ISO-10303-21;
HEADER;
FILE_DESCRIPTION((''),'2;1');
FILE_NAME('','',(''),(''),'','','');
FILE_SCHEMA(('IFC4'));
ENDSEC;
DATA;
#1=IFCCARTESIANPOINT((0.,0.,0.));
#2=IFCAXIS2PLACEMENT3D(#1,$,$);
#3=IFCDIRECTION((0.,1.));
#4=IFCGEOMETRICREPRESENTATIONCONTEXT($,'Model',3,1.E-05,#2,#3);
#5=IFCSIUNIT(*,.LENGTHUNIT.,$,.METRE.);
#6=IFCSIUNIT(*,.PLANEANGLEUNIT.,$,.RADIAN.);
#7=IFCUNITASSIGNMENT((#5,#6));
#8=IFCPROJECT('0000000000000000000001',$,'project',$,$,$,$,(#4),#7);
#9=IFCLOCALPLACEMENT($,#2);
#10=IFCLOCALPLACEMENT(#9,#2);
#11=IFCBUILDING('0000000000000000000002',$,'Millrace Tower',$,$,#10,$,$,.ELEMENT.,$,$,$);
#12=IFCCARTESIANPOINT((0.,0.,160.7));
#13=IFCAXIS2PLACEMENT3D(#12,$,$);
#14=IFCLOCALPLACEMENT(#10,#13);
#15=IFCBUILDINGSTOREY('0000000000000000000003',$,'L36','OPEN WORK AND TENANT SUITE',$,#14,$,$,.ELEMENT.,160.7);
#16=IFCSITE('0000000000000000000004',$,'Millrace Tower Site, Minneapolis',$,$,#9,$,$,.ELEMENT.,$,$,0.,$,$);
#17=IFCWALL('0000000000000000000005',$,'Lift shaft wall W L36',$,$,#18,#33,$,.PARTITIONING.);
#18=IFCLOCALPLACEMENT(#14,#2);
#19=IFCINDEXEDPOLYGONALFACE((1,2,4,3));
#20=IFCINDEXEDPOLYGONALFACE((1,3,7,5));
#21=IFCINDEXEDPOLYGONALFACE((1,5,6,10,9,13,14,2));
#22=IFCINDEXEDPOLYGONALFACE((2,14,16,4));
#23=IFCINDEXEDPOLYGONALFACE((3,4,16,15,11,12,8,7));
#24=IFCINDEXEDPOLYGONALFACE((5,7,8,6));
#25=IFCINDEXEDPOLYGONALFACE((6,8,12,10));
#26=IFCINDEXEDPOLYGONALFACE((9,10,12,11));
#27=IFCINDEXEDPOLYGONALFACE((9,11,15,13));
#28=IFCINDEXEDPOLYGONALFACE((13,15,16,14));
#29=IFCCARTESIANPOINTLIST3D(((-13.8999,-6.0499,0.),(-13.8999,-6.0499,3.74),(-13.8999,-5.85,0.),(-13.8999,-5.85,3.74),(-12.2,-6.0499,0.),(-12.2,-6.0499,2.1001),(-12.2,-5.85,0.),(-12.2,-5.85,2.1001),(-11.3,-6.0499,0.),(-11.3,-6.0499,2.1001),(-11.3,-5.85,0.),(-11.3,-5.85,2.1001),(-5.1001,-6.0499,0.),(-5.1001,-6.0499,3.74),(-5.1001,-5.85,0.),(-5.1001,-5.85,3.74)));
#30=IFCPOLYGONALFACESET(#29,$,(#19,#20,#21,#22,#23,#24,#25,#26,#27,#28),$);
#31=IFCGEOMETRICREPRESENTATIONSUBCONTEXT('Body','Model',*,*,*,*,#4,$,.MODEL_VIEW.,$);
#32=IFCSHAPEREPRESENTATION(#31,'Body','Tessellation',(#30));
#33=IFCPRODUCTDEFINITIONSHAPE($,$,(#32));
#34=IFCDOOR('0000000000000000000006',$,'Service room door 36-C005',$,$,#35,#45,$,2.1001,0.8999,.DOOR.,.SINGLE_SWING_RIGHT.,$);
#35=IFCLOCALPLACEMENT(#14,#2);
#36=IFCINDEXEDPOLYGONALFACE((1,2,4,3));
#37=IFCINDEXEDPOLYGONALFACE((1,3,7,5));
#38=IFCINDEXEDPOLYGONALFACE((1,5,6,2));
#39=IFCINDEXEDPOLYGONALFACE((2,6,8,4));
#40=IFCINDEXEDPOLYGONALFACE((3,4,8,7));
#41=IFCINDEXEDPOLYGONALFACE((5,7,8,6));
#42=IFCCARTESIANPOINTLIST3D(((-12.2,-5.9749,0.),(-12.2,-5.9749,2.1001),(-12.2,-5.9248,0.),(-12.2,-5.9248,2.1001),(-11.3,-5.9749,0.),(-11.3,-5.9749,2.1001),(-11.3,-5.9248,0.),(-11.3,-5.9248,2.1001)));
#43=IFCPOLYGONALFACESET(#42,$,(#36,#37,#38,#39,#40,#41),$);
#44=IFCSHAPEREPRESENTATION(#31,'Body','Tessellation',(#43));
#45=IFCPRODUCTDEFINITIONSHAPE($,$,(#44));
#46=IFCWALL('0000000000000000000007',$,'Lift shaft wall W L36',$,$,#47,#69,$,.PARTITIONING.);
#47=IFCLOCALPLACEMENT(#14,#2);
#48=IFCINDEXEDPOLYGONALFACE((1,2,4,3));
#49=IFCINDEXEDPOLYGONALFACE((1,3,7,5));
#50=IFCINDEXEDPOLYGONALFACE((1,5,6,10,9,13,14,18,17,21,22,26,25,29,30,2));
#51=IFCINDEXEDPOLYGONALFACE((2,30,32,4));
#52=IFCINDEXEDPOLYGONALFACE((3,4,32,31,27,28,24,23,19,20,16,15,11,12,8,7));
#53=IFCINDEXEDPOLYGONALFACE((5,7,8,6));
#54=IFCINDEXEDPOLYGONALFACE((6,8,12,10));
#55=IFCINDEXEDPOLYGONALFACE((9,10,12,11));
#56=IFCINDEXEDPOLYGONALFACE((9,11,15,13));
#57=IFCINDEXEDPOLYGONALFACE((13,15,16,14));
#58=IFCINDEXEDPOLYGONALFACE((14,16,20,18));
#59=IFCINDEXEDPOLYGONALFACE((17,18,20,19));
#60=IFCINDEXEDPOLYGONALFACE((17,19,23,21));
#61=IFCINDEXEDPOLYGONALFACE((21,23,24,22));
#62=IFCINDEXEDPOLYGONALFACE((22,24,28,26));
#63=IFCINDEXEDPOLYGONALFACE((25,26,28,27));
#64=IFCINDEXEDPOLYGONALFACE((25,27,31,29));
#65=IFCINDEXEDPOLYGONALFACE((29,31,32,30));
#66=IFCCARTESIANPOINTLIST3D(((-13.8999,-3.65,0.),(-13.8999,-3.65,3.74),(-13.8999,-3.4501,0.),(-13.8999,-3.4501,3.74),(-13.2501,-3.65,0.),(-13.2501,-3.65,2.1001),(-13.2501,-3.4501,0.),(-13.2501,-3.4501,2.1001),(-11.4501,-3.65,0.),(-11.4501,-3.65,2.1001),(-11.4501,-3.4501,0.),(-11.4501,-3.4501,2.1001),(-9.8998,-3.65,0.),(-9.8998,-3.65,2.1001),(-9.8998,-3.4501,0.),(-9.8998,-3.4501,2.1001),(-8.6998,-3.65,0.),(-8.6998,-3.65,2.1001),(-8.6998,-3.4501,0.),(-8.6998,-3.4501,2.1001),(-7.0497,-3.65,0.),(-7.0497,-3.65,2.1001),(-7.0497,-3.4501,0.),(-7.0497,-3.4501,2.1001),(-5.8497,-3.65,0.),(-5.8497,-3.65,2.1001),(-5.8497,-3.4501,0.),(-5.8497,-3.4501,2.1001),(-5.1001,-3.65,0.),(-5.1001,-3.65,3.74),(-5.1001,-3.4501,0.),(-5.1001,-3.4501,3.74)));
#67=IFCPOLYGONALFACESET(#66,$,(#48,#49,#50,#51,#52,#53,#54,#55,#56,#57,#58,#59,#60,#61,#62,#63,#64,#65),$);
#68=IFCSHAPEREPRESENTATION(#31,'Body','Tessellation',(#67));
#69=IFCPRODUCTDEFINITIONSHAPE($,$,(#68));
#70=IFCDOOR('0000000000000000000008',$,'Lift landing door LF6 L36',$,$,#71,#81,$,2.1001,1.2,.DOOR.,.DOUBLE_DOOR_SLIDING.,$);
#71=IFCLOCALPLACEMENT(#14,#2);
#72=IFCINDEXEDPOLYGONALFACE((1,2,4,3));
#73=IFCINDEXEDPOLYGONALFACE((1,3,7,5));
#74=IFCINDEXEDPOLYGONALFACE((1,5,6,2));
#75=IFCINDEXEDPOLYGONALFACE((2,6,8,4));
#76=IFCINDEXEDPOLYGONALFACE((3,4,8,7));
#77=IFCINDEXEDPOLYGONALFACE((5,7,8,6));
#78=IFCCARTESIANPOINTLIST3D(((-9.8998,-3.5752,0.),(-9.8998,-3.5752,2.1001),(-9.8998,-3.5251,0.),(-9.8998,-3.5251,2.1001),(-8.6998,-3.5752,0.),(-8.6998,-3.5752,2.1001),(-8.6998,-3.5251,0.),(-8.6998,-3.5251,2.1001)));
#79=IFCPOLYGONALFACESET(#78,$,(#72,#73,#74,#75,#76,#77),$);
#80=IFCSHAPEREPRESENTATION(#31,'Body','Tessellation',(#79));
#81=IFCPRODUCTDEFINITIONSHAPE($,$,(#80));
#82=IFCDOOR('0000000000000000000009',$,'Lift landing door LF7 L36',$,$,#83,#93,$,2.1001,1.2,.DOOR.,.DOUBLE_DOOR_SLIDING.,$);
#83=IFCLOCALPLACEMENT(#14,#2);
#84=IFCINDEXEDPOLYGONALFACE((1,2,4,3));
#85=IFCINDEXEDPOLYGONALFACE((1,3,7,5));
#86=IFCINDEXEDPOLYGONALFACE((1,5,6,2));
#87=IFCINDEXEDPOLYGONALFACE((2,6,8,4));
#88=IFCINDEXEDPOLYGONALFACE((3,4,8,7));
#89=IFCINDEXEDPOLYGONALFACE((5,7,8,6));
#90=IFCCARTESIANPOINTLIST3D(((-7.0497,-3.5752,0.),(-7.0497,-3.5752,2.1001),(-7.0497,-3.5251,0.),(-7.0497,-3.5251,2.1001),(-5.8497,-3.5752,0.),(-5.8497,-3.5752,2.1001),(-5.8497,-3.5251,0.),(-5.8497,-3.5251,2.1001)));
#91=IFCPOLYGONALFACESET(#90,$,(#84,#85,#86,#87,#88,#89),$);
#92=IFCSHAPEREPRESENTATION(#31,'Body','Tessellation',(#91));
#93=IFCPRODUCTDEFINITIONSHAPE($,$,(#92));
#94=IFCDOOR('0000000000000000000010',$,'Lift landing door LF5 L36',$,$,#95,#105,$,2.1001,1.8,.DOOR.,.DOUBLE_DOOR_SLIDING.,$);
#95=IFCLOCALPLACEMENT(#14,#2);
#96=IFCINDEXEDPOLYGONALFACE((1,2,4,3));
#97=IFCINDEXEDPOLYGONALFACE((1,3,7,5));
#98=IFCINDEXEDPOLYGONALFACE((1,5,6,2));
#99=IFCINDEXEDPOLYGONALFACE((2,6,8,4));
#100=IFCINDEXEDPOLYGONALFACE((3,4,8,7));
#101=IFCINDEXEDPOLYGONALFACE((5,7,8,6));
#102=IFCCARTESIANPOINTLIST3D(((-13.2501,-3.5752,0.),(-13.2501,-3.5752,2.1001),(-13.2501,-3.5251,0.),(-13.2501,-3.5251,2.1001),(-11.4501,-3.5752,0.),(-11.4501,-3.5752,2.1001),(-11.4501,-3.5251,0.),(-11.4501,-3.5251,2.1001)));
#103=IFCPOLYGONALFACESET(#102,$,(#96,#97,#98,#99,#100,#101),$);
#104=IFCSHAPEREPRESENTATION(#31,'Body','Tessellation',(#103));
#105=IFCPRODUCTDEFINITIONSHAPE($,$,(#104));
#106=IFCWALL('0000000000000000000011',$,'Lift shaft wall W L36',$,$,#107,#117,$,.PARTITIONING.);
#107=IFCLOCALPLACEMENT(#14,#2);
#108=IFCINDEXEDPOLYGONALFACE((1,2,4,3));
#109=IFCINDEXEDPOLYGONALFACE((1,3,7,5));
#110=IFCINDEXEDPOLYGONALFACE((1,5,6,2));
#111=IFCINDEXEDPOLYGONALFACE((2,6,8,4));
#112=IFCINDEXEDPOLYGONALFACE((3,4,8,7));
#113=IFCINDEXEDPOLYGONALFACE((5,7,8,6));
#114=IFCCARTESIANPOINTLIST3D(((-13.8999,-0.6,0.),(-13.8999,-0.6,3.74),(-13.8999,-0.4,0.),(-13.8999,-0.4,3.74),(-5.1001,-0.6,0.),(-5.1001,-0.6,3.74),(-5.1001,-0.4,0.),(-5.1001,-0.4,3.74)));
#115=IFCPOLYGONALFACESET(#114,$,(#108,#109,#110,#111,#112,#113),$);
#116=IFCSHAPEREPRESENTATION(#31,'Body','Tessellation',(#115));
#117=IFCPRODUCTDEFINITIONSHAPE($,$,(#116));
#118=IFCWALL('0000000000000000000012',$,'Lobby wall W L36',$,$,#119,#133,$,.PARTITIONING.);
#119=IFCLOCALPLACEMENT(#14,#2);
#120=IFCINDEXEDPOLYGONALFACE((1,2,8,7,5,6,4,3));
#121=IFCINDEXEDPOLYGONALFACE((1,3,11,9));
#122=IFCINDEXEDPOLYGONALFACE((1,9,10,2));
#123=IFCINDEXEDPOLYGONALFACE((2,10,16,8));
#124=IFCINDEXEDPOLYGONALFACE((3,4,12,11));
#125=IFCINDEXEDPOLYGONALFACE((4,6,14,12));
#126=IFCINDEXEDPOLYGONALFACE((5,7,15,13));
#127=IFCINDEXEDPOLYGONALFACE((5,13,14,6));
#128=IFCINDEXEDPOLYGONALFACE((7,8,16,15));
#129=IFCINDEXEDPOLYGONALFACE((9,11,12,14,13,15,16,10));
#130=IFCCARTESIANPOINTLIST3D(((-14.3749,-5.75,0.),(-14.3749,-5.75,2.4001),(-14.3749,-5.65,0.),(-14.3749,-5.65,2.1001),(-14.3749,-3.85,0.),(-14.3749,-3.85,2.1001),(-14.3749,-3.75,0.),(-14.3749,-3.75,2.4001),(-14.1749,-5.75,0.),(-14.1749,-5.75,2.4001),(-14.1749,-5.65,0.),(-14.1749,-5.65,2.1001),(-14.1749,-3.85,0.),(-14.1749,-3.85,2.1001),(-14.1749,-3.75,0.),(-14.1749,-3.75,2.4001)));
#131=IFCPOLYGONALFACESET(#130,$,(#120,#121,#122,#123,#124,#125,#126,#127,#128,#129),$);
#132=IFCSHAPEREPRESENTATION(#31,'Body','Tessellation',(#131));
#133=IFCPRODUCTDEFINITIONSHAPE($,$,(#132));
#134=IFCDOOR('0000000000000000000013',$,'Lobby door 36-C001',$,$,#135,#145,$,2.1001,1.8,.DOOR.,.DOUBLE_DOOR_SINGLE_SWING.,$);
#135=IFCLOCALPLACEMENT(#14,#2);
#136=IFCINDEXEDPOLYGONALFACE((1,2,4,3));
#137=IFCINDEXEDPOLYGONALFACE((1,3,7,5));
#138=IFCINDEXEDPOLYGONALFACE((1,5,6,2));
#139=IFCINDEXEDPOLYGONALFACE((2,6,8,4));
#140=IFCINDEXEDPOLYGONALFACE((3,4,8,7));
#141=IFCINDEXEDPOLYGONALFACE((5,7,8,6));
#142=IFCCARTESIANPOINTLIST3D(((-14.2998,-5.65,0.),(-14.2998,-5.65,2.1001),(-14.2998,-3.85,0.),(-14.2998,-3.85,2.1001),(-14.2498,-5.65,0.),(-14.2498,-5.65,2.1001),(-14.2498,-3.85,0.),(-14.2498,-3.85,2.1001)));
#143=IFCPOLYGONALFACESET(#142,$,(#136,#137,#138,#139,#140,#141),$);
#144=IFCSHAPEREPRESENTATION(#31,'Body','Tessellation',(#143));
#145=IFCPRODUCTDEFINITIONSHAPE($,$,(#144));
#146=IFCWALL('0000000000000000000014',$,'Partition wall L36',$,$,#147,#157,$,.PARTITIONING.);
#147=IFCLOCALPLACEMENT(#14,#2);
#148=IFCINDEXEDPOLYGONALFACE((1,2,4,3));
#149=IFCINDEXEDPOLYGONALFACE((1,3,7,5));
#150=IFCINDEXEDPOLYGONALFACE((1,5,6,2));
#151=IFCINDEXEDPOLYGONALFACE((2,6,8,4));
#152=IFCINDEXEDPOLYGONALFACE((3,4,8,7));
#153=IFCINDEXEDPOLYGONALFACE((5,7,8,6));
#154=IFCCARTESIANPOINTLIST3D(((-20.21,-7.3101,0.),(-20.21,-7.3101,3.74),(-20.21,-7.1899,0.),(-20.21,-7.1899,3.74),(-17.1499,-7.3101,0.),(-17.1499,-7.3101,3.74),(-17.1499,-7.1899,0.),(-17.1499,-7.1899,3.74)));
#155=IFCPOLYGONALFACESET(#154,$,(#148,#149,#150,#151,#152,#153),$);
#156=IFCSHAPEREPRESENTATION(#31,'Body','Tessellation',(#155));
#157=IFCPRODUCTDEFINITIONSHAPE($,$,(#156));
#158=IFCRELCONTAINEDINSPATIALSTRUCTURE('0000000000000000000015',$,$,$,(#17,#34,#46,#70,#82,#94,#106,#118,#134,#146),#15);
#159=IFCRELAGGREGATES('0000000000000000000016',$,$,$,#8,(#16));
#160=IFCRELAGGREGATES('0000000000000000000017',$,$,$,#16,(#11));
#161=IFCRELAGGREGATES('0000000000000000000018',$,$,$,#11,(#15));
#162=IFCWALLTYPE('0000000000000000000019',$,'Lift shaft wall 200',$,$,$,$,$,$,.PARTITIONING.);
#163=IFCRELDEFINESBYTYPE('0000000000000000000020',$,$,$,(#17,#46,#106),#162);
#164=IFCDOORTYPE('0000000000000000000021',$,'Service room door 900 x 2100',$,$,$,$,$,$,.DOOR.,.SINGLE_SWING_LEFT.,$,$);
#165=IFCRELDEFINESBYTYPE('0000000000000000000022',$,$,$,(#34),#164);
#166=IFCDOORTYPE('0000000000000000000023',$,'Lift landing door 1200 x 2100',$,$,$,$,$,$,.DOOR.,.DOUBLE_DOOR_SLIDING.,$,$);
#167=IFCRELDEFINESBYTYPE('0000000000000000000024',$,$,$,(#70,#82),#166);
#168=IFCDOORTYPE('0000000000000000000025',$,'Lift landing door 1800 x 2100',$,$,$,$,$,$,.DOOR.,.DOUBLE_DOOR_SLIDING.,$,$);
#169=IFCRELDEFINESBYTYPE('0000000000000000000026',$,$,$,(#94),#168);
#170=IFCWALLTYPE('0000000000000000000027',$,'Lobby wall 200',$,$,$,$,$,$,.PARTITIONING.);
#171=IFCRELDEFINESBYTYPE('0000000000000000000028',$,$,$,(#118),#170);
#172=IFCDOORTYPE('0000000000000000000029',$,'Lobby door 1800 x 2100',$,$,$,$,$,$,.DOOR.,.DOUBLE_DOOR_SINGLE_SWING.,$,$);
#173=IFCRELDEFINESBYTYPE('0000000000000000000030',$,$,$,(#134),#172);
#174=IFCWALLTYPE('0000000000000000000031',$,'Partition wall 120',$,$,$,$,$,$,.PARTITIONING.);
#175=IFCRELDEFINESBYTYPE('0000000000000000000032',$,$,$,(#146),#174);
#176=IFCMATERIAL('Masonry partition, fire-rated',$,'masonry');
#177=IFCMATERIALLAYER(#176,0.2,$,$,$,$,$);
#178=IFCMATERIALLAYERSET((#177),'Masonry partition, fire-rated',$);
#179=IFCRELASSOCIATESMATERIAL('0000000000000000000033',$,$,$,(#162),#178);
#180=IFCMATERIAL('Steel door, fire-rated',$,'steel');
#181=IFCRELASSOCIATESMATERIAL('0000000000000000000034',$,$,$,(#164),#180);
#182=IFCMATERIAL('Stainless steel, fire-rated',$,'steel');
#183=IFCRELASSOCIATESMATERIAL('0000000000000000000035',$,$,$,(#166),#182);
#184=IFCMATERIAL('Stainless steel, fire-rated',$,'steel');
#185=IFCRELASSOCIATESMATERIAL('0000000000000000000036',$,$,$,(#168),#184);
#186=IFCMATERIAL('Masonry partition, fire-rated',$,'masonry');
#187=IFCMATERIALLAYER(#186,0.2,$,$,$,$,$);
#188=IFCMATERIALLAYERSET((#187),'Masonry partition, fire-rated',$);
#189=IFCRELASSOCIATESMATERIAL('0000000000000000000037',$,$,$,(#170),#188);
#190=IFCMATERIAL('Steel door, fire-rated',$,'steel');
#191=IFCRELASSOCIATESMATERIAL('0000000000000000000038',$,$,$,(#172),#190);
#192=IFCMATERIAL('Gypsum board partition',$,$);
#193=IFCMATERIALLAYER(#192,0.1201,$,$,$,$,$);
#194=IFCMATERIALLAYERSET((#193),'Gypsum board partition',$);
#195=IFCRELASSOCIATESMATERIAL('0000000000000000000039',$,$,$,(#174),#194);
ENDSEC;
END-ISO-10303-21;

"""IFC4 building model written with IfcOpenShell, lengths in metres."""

from ifc_helpers import new_model, si_unit, direction, frame, frame_2d, origin, place, context, subcontext, project, spatial, rectangle, extrude, material, layer, layer_set, type_object, element, fill, save


model = new_model("IFC4")

# Units and contexts
model_context = context("Model", 3, precision=1e-05, world=origin(), true_north=direction((0.0, 1.0)))
body_context = subcontext(model_context, "Body", "Model", "MODEL_VIEW")
ifc_project = project(units=[si_unit("LENGTHUNIT", "METRE"), si_unit("PLANEANGLEUNIT", "RADIAN")], contexts=[model_context])

# Site, building, storey
site_placement = place(None, origin())
site = spatial("IfcSite", under=ifc_project, at=site_placement, Name="Millrace Tower Site, Minneapolis", CompositionType="ELEMENT", RefElevation=0.0)
building_placement = place(site_placement, origin())
building = spatial("IfcBuilding", under=site, at=building_placement, Name="Millrace Tower", CompositionType="ELEMENT")
storey_placement = place(building_placement, frame((0.0, 0.0, 160.7)))
storey = spatial("IfcBuildingStorey", under=building, at=storey_placement, Name="L36", Description="OPEN WORK AND TENANT SUITE", CompositionType="ELEMENT", Elevation=160.7)

# Wall, opening, door
ifc_material_1 = material(Name="Masonry partition, fire-rated", Category="masonry")
ifc_layer_1 = layer(ifc_material_1, 0.2)
ifc_layer_set_1 = layer_set([ifc_layer_1], Name="Masonry partition, fire-rated")
wall_type_1 = type_object("IfcWallType", Name="Lift shaft wall 200", PredefinedType="PARTITIONING", material=ifc_layer_set_1)
wall_1_placement = place(storey_placement, frame((-13.8999, -5.95, 0.0), z_axis=(0.0, 0.0, 1.0), x_axis=(1.0, 0.0, 0.0)))
wall_1 = element("IfcWall", 1, at=wall_1_placement, inside=storey, type_object=wall_type_1, Name="Lift shaft wall W L36", PredefinedType="PARTITIONING", context=body_context, shape_type="SweptSolid", body=[
    extrude(rectangle(XDim=8.7998, YDim=0.2, at=frame_2d((4.3999, 0.0))), origin(), (0.0, 0.0, 1.0), 3.74),
])
opening_1_placement = place(wall_1_placement, frame((1.7, 0.0, 0.0)))
opening_1 = element("IfcOpeningElement", 2, at=opening_1_placement, cuts=wall_1, PredefinedType="OPENING", context=body_context, shape_type="SweptSolid", body=[
    extrude(rectangle(XDim=0.8999, YDim=2.1001, at=frame_2d((0.45, 1.05))), frame((0.0, 0.1099, 0.0), z_axis=(0.0, -1.0, 0.0), x_axis=(1.0, 0.0, 0.0)), (0.0, 0.0, 1.0), 0.22),
])
ifc_material_2 = material(Name="Steel door, fire-rated", Category="steel")
door_type_1 = type_object("IfcDoorType", Name="Service room door 900 x 2100", OperationType="SINGLE_SWING_LEFT", PredefinedType="DOOR", material=ifc_material_2)
door_1_placement = place(opening_1_placement, frame((0.8999, 0.0, 0.0), z_axis=(0.0, 0.0, 1.0), x_axis=(-1.0, 0.0, 0.0)))
door_1 = element("IfcDoor", 3, at=door_1_placement, inside=storey, type_object=door_type_1, Name="Service room door 36-C005", OperationType="SINGLE_SWING_RIGHT", OverallHeight=2.1001, OverallWidth=0.8999, PredefinedType="DOOR", context=body_context, shape_type="SweptSolid", body=[
    extrude(rectangle(XDim=0.8999, YDim=2.1001, at=frame_2d((0.45, 1.05))), frame((0.0, 0.0249, 0.0), z_axis=(0.0, -1.0, 0.0), x_axis=(1.0, 0.0, 0.0)), (0.0, 0.0, 1.0), 0.05),
])
fill(opening_1, door_1)

# Wall, openings, doors
wall_2_placement = place(storey_placement, frame((-13.8999, -3.55, 0.0), z_axis=(0.0, 0.0, 1.0), x_axis=(1.0, 0.0, 0.0)))
wall_2 = element("IfcWall", 4, at=wall_2_placement, inside=storey, type_object=wall_type_1, Name="Lift shaft wall W L36", PredefinedType="PARTITIONING", context=body_context, shape_type="SweptSolid", body=[
    extrude(rectangle(XDim=8.7998, YDim=0.2, at=frame_2d((4.3999, 0.0))), origin(), (0.0, 0.0, 1.0), 3.74),
])
opening_2_placement = place(wall_2_placement, frame((0.6499, 0.0, 0.0)))
opening_2 = element("IfcOpeningElement", 5, at=opening_2_placement, cuts=wall_2, PredefinedType="OPENING", context=body_context, shape_type="SweptSolid", body=[
    extrude(rectangle(XDim=1.8, YDim=2.1001, at=frame_2d((0.8999, 1.05))), frame((0.0, 0.1099, 0.0), z_axis=(0.0, -1.0, 0.0), x_axis=(1.0, 0.0, 0.0)), (0.0, 0.0, 1.0), 0.22),
])
opening_3_placement = place(wall_2_placement, frame((4.0, 0.0, 0.0)))
opening_3 = element("IfcOpeningElement", 6, at=opening_3_placement, cuts=wall_2, PredefinedType="OPENING", context=body_context, shape_type="SweptSolid", body=[
    extrude(rectangle(XDim=1.2, YDim=2.1001, at=frame_2d((0.6001, 1.05))), frame((0.0, 0.1099, 0.0), z_axis=(0.0, -1.0, 0.0), x_axis=(1.0, 0.0, 0.0)), (0.0, 0.0, 1.0), 0.22),
])
opening_4_placement = place(wall_2_placement, frame((6.8501, 0.0, 0.0)))
opening_4 = element("IfcOpeningElement", 7, at=opening_4_placement, cuts=wall_2, PredefinedType="OPENING", context=body_context, shape_type="SweptSolid", body=[
    extrude(rectangle(XDim=1.2, YDim=2.1001, at=frame_2d((0.6001, 1.05))), frame((0.0, 0.1099, 0.0), z_axis=(0.0, -1.0, 0.0), x_axis=(1.0, 0.0, 0.0)), (0.0, 0.0, 1.0), 0.22),
])
ifc_material_3 = material(Name="Stainless steel, fire-rated", Category="steel")
door_type_2 = type_object("IfcDoorType", Name="Lift landing door 1200 x 2100", OperationType="DOUBLE_DOOR_SLIDING", PredefinedType="DOOR", material=ifc_material_3)
door_2_placement = place(opening_3_placement, origin())
door_2 = element("IfcDoor", 8, at=door_2_placement, inside=storey, type_object=door_type_2, Name="Lift landing door LF6 L36", OperationType="DOUBLE_DOOR_SLIDING", OverallHeight=2.1001, OverallWidth=1.2, PredefinedType="DOOR", context=body_context, shape_type="SweptSolid", body=[
    extrude(rectangle(XDim=1.2, YDim=2.1001, at=frame_2d((0.6001, 1.05))), frame((0.0, 0.0249, 0.0), z_axis=(0.0, -1.0, 0.0), x_axis=(1.0, 0.0, 0.0)), (0.0, 0.0, 1.0), 0.05),
])
fill(opening_3, door_2)
door_3_placement = place(opening_4_placement, origin())
door_3 = element("IfcDoor", 9, at=door_3_placement, inside=storey, type_object=door_type_2, Name="Lift landing door LF7 L36", OperationType="DOUBLE_DOOR_SLIDING", OverallHeight=2.1001, OverallWidth=1.2, PredefinedType="DOOR", context=body_context, shape_type="SweptSolid", body=[
    extrude(rectangle(XDim=1.2, YDim=2.1001, at=frame_2d((0.6001, 1.05))), frame((0.0, 0.0249, 0.0), z_axis=(0.0, -1.0, 0.0), x_axis=(1.0, 0.0, 0.0)), (0.0, 0.0, 1.0), 0.05),
])
fill(opening_4, door_3)
ifc_material_4 = material(Name="Stainless steel, fire-rated", Category="steel")
door_type_3 = type_object("IfcDoorType", Name="Lift landing door 1800 x 2100", OperationType="DOUBLE_DOOR_SLIDING", PredefinedType="DOOR", material=ifc_material_4)
door_4_placement = place(opening_2_placement, origin())
door_4 = element("IfcDoor", 10, at=door_4_placement, inside=storey, type_object=door_type_3, Name="Lift landing door LF5 L36", OperationType="DOUBLE_DOOR_SLIDING", OverallHeight=2.1001, OverallWidth=1.8, PredefinedType="DOOR", context=body_context, shape_type="SweptSolid", body=[
    extrude(rectangle(XDim=1.8, YDim=2.1001, at=frame_2d((0.8999, 1.05))), frame((0.0, 0.0249, 0.0), z_axis=(0.0, -1.0, 0.0), x_axis=(1.0, 0.0, 0.0)), (0.0, 0.0, 1.0), 0.05),
])
fill(opening_2, door_4)

# Wall
wall_3_placement = place(storey_placement, frame((-13.8999, -0.5, 0.0), z_axis=(0.0, 0.0, 1.0), x_axis=(1.0, 0.0, 0.0)))
element("IfcWall", 11, at=wall_3_placement, inside=storey, type_object=wall_type_1, Name="Lift shaft wall W L36", PredefinedType="PARTITIONING", context=body_context, shape_type="SweptSolid", body=[
    extrude(rectangle(XDim=8.7998, YDim=0.2, at=frame_2d((4.3999, 0.0))), origin(), (0.0, 0.0, 1.0), 3.74),
])

# Wall, opening, door
ifc_material_5 = material(Name="Masonry partition, fire-rated", Category="masonry")
ifc_layer_2 = layer(ifc_material_5, 0.2)
ifc_layer_set_2 = layer_set([ifc_layer_2], Name="Masonry partition, fire-rated")
wall_type_2 = type_object("IfcWallType", Name="Lobby wall 200", PredefinedType="PARTITIONING", material=ifc_layer_set_2)
wall_4_placement = place(storey_placement, frame((-14.2749, -5.75, 0.0), z_axis=(0.0, 0.0, 1.0), x_axis=(0.0, 1.0, 0.0)))
wall_4 = element("IfcWall", 12, at=wall_4_placement, inside=storey, type_object=wall_type_2, Name="Lobby wall W L36", PredefinedType="PARTITIONING", context=body_context, shape_type="SweptSolid", body=[
    extrude(rectangle(XDim=2.0, YDim=0.2, at=frame_2d((1.0, 0.0))), origin(), (0.0, 0.0, 1.0), 2.4001),
])
opening_5_placement = place(wall_4_placement, frame((0.1001, 0.0, 0.0)))
opening_5 = element("IfcOpeningElement", 13, at=opening_5_placement, cuts=wall_4, PredefinedType="OPENING", context=body_context, shape_type="SweptSolid", body=[
    extrude(rectangle(XDim=1.8, YDim=2.1001, at=frame_2d((0.8999, 1.05))), frame((0.0, 0.1099, 0.0), z_axis=(0.0, -1.0, 0.0), x_axis=(1.0, 0.0, 0.0)), (0.0, 0.0, 1.0), 0.22),
])
ifc_material_6 = material(Name="Steel door, fire-rated", Category="steel")
door_type_4 = type_object("IfcDoorType", Name="Lobby door 1800 x 2100", OperationType="DOUBLE_DOOR_SINGLE_SWING", PredefinedType="DOOR", material=ifc_material_6)
door_5_placement = place(opening_5_placement, origin())
door_5 = element("IfcDoor", 14, at=door_5_placement, inside=storey, type_object=door_type_4, Name="Lobby door 36-C001", OperationType="DOUBLE_DOOR_SINGLE_SWING", OverallHeight=2.1001, OverallWidth=1.8, PredefinedType="DOOR", context=body_context, shape_type="SweptSolid", body=[
    extrude(rectangle(XDim=1.8, YDim=2.1001, at=frame_2d((0.8999, 1.05))), frame((0.0, 0.0249, 0.0), z_axis=(0.0, -1.0, 0.0), x_axis=(1.0, 0.0, 0.0)), (0.0, 0.0, 1.0), 0.05),
])
fill(opening_5, door_5)

# Wall
ifc_material_7 = material(Name="Gypsum board partition")
ifc_layer_3 = layer(ifc_material_7, 0.1201)
ifc_layer_set_3 = layer_set([ifc_layer_3], Name="Gypsum board partition")
wall_type_3 = type_object("IfcWallType", Name="Partition wall 120", PredefinedType="PARTITIONING", material=ifc_layer_set_3)
wall_5_placement = place(storey_placement, frame((-20.21, -7.25, 0.0), z_axis=(0.0, 0.0, 1.0), x_axis=(1.0, 0.0, 0.0)))
element("IfcWall", 15, at=wall_5_placement, inside=storey, type_object=wall_type_3, Name="Partition wall L36", PredefinedType="PARTITIONING", context=body_context, shape_type="SweptSolid", body=[
    extrude(rectangle(XDim=3.0601, YDim=0.1201, at=frame_2d((1.53, 0.0))), origin(), (0.0, 0.0, 1.0), 3.74),
])

save(model, "model.ifc")
